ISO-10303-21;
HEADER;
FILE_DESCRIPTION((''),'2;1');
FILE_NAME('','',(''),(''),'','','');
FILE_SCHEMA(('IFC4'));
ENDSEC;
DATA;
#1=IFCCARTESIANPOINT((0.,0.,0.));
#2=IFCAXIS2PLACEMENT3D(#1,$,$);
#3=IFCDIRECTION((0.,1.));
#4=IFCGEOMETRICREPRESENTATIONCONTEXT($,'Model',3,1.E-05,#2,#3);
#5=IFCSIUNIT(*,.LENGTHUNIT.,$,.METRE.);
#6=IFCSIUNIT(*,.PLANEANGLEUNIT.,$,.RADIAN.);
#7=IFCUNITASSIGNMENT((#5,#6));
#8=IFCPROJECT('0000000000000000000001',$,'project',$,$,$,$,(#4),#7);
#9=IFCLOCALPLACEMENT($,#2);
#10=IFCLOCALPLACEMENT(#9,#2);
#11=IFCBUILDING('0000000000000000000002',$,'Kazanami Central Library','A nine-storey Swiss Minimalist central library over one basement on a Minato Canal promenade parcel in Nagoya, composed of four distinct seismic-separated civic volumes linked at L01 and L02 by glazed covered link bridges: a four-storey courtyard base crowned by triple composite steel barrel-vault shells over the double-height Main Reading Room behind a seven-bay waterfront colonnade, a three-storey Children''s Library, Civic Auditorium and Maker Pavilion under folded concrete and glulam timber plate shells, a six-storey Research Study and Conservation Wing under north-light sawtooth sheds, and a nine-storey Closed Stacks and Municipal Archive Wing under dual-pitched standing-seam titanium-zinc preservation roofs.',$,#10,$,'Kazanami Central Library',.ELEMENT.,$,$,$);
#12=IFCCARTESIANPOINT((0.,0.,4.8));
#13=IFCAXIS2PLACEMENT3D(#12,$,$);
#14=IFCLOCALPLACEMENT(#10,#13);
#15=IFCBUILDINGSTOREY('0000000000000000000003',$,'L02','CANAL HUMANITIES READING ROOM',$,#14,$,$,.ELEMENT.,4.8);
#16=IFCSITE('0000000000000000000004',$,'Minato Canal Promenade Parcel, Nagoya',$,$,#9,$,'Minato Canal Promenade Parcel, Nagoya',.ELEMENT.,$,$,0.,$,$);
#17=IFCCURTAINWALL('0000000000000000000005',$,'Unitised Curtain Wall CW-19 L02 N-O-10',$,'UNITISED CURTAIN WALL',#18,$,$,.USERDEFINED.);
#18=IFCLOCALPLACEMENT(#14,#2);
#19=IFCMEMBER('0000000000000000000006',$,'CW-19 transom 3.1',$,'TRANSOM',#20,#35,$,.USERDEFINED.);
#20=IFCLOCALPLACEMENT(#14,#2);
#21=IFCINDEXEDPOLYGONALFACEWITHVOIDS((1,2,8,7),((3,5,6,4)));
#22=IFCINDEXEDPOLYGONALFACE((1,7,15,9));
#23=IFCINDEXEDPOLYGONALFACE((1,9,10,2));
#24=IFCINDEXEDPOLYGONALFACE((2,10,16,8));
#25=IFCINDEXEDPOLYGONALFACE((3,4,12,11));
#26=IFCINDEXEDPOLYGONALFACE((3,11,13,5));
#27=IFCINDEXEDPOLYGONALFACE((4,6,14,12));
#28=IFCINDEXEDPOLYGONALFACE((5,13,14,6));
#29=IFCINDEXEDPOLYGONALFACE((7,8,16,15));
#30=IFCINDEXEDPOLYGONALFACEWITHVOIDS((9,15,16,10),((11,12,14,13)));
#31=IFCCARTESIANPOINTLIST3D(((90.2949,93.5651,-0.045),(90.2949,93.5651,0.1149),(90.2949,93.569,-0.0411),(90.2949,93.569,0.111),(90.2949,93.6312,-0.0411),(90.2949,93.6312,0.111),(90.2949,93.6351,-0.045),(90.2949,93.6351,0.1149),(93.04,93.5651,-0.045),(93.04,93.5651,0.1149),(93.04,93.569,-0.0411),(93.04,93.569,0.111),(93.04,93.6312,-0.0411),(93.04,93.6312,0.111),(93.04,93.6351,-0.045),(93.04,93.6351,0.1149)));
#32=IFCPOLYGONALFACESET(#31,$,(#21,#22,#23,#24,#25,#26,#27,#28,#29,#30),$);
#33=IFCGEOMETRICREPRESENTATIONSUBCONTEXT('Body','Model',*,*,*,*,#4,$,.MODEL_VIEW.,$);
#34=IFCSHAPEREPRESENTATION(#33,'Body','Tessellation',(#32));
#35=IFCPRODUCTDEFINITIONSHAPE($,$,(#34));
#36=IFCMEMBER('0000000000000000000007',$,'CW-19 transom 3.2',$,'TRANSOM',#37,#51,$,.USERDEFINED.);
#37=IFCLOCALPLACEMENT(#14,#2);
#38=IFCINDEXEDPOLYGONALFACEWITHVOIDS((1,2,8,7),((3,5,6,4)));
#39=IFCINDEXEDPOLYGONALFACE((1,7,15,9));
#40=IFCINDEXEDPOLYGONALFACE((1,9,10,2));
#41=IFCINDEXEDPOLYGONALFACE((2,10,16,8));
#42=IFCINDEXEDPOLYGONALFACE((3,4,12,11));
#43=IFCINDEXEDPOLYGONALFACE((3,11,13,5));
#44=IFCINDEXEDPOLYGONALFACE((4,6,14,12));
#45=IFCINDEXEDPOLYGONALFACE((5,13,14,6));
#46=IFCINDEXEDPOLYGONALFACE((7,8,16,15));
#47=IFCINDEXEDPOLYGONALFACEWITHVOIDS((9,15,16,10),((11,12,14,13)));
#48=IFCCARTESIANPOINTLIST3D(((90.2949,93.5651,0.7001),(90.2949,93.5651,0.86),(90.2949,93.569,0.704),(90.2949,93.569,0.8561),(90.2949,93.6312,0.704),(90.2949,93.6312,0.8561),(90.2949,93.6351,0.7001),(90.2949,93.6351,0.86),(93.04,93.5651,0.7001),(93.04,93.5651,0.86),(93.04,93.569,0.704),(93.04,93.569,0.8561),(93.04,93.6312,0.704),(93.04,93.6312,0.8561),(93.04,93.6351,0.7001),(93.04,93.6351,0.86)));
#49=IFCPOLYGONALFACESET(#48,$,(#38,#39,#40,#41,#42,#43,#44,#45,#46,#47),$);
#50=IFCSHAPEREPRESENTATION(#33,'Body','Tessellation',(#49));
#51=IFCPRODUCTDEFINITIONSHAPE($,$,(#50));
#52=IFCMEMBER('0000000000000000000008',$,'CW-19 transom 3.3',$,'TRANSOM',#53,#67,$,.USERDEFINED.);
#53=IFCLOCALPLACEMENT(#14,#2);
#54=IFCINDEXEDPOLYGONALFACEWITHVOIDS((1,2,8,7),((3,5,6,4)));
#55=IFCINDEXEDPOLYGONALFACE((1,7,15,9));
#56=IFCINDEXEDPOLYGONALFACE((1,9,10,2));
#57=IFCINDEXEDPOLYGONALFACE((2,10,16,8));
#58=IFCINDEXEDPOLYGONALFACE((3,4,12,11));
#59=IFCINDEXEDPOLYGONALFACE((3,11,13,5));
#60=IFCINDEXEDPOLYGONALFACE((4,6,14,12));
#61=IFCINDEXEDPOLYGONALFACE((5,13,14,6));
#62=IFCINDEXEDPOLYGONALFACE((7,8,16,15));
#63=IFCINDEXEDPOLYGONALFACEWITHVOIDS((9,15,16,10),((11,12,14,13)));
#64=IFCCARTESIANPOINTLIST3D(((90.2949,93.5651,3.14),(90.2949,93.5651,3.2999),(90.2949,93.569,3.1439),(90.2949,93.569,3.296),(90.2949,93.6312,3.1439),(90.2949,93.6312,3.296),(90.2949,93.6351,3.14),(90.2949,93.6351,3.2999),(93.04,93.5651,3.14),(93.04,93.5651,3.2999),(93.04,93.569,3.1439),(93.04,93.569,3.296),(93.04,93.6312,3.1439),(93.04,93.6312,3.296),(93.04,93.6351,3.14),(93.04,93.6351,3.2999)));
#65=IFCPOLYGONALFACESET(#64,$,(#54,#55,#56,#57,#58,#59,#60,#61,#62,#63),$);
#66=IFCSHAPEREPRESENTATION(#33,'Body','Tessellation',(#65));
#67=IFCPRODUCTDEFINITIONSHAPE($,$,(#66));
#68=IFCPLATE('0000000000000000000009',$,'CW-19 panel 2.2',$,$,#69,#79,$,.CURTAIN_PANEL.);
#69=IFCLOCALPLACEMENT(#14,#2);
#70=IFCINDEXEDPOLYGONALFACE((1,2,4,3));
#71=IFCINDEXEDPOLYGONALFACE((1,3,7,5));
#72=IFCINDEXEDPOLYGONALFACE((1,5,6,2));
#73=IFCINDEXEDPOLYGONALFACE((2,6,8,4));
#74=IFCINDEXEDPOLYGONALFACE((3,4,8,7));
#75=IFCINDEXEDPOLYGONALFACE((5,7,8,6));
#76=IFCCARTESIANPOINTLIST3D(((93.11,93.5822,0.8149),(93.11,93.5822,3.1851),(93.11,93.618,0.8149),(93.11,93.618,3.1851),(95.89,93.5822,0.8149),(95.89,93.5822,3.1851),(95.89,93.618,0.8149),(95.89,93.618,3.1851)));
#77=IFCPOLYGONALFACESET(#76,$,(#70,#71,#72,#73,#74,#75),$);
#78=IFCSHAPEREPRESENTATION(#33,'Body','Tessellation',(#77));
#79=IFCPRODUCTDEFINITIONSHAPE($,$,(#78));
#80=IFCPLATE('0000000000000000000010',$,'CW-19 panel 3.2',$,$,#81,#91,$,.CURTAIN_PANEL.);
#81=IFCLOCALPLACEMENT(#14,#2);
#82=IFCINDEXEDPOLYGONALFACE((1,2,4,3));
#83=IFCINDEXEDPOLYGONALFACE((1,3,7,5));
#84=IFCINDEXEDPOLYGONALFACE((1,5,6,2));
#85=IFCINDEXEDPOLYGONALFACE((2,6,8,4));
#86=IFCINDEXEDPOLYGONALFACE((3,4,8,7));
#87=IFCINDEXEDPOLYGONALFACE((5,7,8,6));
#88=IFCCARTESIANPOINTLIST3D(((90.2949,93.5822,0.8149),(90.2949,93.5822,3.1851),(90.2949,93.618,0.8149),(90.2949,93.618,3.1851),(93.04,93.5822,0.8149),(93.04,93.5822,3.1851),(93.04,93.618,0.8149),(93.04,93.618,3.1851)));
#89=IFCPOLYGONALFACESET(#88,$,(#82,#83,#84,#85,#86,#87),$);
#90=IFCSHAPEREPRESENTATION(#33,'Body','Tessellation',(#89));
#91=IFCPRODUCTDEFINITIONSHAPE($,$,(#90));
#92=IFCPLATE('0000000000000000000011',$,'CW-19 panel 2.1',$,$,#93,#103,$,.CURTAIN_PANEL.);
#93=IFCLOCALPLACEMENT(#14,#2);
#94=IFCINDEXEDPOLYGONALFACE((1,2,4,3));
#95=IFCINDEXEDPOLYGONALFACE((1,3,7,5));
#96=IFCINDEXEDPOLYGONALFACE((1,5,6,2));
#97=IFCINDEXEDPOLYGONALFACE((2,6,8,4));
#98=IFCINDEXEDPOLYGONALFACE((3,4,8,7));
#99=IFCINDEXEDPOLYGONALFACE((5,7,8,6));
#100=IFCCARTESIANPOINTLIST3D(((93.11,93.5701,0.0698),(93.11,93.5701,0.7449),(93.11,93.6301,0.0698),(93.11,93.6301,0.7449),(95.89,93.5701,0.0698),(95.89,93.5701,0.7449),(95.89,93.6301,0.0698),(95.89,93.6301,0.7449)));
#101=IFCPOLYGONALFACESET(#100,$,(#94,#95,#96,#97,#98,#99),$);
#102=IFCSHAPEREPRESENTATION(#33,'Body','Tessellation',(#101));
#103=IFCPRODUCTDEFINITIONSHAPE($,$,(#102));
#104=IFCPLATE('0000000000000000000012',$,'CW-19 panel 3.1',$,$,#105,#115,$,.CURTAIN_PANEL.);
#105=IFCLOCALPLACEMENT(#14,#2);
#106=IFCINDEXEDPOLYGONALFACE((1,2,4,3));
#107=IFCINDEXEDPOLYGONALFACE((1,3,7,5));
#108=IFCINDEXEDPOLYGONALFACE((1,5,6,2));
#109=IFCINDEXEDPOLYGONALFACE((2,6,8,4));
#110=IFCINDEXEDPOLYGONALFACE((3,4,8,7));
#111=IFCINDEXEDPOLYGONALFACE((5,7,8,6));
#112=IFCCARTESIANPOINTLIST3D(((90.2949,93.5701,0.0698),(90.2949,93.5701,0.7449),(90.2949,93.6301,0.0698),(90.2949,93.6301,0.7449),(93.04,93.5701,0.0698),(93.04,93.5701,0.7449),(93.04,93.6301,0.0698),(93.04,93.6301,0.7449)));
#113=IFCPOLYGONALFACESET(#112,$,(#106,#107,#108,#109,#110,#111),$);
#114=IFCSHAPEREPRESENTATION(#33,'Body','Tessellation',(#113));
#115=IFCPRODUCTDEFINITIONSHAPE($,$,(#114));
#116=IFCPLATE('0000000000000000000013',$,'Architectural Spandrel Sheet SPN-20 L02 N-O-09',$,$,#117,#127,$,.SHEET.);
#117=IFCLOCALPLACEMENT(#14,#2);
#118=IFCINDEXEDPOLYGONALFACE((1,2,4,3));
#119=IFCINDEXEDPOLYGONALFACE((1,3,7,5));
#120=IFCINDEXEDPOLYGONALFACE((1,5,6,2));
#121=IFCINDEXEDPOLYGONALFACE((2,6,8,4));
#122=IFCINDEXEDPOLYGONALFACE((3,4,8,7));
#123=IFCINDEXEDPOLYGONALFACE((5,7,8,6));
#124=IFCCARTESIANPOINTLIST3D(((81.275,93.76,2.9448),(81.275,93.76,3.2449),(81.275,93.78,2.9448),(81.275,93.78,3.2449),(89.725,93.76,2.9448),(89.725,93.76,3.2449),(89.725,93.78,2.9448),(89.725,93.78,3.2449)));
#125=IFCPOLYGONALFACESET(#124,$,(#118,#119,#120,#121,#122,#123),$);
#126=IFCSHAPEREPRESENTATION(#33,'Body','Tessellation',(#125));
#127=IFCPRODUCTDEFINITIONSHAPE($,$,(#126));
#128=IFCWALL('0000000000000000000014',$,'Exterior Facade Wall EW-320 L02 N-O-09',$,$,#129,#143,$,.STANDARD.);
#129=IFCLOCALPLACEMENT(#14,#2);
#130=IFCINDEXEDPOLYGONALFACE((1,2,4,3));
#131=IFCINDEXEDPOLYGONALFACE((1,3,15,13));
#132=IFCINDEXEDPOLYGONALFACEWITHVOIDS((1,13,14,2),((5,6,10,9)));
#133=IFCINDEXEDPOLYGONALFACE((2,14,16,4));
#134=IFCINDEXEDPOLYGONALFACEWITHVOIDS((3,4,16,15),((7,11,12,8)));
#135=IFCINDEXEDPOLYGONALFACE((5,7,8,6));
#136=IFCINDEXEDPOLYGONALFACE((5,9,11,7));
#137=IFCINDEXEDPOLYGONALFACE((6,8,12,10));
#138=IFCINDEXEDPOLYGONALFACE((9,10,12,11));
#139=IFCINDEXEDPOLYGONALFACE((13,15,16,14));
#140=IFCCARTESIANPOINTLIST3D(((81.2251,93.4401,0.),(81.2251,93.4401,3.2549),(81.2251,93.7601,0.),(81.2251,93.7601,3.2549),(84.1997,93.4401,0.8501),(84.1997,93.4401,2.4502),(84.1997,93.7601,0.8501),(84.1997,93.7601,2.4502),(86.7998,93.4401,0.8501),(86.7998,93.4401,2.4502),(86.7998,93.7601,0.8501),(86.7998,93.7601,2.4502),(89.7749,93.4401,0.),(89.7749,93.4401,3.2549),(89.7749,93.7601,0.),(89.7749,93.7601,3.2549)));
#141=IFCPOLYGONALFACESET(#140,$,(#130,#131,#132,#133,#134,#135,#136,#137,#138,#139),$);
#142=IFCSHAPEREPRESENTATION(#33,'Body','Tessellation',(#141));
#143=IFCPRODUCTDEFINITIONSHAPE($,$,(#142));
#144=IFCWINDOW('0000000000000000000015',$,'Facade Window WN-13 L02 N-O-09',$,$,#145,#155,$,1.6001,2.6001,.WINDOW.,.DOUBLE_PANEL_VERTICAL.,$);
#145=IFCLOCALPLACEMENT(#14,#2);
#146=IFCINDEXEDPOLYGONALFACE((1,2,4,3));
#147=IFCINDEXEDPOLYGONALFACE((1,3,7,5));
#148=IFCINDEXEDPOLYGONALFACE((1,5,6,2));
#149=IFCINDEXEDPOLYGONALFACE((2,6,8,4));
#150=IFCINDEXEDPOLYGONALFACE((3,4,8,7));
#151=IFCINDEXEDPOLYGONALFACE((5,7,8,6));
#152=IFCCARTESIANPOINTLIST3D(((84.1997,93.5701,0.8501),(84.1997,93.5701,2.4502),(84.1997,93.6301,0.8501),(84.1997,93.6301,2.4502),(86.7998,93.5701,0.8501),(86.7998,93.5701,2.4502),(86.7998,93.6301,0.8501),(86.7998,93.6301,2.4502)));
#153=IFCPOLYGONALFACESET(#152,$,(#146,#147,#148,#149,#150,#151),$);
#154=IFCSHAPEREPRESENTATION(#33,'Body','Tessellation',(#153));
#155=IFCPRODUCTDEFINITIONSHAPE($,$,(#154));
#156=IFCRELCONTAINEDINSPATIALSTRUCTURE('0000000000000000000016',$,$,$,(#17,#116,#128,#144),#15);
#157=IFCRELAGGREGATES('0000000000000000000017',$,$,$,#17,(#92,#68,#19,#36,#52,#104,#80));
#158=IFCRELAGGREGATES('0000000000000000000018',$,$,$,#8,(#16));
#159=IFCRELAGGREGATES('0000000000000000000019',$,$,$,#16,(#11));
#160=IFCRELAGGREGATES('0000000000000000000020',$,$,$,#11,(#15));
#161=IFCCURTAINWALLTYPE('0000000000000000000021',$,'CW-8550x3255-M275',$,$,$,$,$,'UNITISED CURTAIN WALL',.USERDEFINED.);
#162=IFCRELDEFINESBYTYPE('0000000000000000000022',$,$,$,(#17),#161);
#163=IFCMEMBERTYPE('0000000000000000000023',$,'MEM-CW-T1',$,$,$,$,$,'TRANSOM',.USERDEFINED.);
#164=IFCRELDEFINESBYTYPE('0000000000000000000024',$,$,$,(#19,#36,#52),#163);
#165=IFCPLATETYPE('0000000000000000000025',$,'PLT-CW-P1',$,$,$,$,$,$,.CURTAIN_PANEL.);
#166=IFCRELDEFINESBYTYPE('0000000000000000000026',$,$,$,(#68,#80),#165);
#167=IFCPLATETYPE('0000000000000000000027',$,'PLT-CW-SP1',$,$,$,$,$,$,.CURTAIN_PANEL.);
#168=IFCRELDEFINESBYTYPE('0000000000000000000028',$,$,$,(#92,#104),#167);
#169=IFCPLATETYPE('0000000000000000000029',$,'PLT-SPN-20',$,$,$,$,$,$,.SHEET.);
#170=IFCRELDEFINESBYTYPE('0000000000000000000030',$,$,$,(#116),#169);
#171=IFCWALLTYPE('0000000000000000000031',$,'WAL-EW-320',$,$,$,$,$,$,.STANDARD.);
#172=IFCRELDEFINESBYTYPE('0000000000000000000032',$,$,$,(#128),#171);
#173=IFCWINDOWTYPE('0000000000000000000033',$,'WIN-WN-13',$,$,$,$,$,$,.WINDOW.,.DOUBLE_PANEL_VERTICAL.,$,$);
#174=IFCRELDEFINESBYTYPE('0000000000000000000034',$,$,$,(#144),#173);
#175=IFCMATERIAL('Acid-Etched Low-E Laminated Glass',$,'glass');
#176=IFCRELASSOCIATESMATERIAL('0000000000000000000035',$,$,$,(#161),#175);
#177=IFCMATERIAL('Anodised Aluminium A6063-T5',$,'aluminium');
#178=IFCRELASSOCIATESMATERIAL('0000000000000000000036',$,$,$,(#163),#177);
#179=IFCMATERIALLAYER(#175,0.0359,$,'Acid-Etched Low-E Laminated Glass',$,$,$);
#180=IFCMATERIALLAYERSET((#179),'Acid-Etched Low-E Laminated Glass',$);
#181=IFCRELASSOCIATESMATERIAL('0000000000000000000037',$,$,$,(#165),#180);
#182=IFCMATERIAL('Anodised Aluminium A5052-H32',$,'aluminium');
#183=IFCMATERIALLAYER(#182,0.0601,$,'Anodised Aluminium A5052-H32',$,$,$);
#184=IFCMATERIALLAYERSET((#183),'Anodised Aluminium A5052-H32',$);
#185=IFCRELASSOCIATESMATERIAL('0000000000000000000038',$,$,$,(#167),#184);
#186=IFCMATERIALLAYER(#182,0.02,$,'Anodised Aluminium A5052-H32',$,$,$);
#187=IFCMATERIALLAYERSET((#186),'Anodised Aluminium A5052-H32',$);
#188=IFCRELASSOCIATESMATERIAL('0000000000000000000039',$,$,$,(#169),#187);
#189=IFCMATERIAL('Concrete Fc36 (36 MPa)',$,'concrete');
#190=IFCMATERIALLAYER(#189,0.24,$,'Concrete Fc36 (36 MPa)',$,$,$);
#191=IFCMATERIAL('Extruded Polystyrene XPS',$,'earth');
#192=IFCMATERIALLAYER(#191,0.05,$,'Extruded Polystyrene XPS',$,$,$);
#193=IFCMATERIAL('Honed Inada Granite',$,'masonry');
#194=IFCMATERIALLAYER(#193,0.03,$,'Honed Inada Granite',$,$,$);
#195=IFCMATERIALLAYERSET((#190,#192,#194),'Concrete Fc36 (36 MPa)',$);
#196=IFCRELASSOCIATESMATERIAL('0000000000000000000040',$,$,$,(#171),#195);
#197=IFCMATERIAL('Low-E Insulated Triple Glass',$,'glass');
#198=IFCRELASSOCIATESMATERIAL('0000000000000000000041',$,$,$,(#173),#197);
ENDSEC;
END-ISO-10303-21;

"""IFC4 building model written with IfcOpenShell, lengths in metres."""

from ifc_helpers import new_model, si_unit, direction, frame, frame_2d, origin, origin_2d, place, context, subcontext, project, spatial, rectangle, hollow_rectangle, extrude, material, layer, layer_set, material_profile, profile_set, type_object, element, fill, aggregate, save


model = new_model("IFC4")

# Units and contexts
model_context = context("Model", 3, precision=1e-05, world=origin(), true_north=direction((0.0, 1.0)))
body_context = subcontext(model_context, "Body", "Model", "MODEL_VIEW")
ifc_project = project(units=[si_unit("LENGTHUNIT", "METRE"), si_unit("PLANEANGLEUNIT", "RADIAN")], contexts=[model_context])

# Site, building, storey
site_placement = place(None, origin())
site = spatial("IfcSite", under=ifc_project, at=site_placement, Name="Minato Canal Promenade Parcel, Nagoya", LongName="Minato Canal Promenade Parcel, Nagoya", CompositionType="ELEMENT", RefElevation=0.0)
building_placement = place(site_placement, origin())
building = spatial("IfcBuilding", under=site, at=building_placement, Name="Kazanami Central Library", Description="A nine-storey Swiss Minimalist central library over one basement on a Minato Canal promenade parcel in Nagoya, composed of four distinct seismic-separated civic volumes linked at L01 and L02 by glazed covered link bridges: a four-storey courtyard base crowned by triple composite steel barrel-vault shells over the double-height Main Reading Room behind a seven-bay waterfront colonnade, a three-storey Children's Library, Civic Auditorium and Maker Pavilion under folded concrete and glulam timber plate shells, a six-storey Research Study and Conservation Wing under north-light sawtooth sheds, and a nine-storey Closed Stacks and Municipal Archive Wing under dual-pitched standing-seam titanium-zinc preservation roofs.", LongName="Kazanami Central Library", CompositionType="ELEMENT")
storey_placement = place(building_placement, frame((0.0, 0.0, 4.8)))
storey = spatial("IfcBuildingStorey", under=building, at=storey_placement, Name="L02", Description="CANAL HUMANITIES READING ROOM", CompositionType="ELEMENT", Elevation=4.8)

# Curtain wall, members, plates
ifc_material_1 = material(Name="Acid-Etched Low-E Laminated Glass", Category="glass")
curtain_wall_type = type_object("IfcCurtainWallType", Name="CW-8550x3255-M275", ElementType="UNITISED CURTAIN WALL", PredefinedType="USERDEFINED", material=ifc_material_1)
curtain_wall_placement = place(storey_placement, origin())
curtain_wall = element("IfcCurtainWall", 1, at=curtain_wall_placement, inside=storey, type_object=curtain_wall_type, Name="Unitised Curtain Wall CW-19 L02 N-O-10", ObjectType="UNITISED CURTAIN WALL", PredefinedType="USERDEFINED")
ifc_material_2 = material(Name="Anodised Aluminium A6063-T5", Category="aluminium")
ifc_material_profile_1 = material_profile(ifc_material_2, hollow_rectangle(XDim=0.0701, YDim=0.1599, WallThickness=0.0039, at=origin_2d()), Name="ALU-TRAN-70x160x4")
ifc_profile_set_1 = profile_set([ifc_material_profile_1], Name="Anodised Aluminium A6063-T5")
member_type_1 = type_object("IfcMemberType", Name="MEM-CW-T1", ElementType="TRANSOM", PredefinedType="USERDEFINED", material=ifc_profile_set_1)
member_1_placement = place(storey_placement, frame((93.04, 93.6001, 0.0349), z_axis=(-1.0, 0.0, 0.0), x_axis=(0.0, -1.0, 0.0)))
member_1 = element("IfcMember", 2, at=member_1_placement, type_object=member_type_1, Name="CW-19 transom 3.1", ObjectType="TRANSOM", PredefinedType="USERDEFINED", context=body_context, shape_type="SweptSolid", body=[
    extrude(hollow_rectangle(XDim=0.0701, YDim=0.1599, WallThickness=0.0039, at=origin_2d()), origin(), (0.0, 0.0, 1.0), 2.7451),
])
member_2_placement = place(storey_placement, frame((93.04, 93.6001, 0.78), z_axis=(-1.0, 0.0, 0.0), x_axis=(0.0, -1.0, 0.0)))
member_2 = element("IfcMember", 3, at=member_2_placement, type_object=member_type_1, Name="CW-19 transom 3.2", ObjectType="TRANSOM", PredefinedType="USERDEFINED", context=body_context, shape_type="SweptSolid", body=[
    extrude(hollow_rectangle(XDim=0.0701, YDim=0.1599, WallThickness=0.0039, at=origin_2d()), origin(), (0.0, 0.0, 1.0), 2.7451),
])
member_3_placement = place(storey_placement, frame((93.04, 93.6001, 3.22), z_axis=(-1.0, 0.0, 0.0), x_axis=(0.0, -1.0, 0.0)))
member_3 = element("IfcMember", 4, at=member_3_placement, type_object=member_type_1, Name="CW-19 transom 3.3", ObjectType="TRANSOM", PredefinedType="USERDEFINED", context=body_context, shape_type="SweptSolid", body=[
    extrude(hollow_rectangle(XDim=0.0701, YDim=0.1599, WallThickness=0.0039, at=origin_2d()), origin(), (0.0, 0.0, 1.0), 2.7451),
])
ifc_layer_1 = layer(ifc_material_1, 0.0359, Name="Acid-Etched Low-E Laminated Glass")
ifc_layer_set_1 = layer_set([ifc_layer_1], Name="Acid-Etched Low-E Laminated Glass")
plate_type_1 = type_object("IfcPlateType", Name="PLT-CW-P1", PredefinedType="CURTAIN_PANEL", material=ifc_layer_set_1)
plate_1_placement = place(storey_placement, frame((94.5, 93.6001, 0.8149), z_axis=(0.0, 0.0, 1.0), x_axis=(-1.0, 0.0, 0.0)))
plate_1 = element("IfcPlate", 5, at=plate_1_placement, type_object=plate_type_1, Name="CW-19 panel 2.2", PredefinedType="CURTAIN_PANEL", context=body_context, shape_type="SweptSolid", body=[
    extrude(rectangle(XDim=2.78, YDim=0.0359, at=origin_2d()), origin(), (0.0, 0.0, 1.0), 2.3701),
])
plate_2_placement = place(storey_placement, frame((91.6675, 93.6001, 0.8149), z_axis=(0.0, 0.0, 1.0), x_axis=(-1.0, 0.0, 0.0)))
plate_2 = element("IfcPlate", 6, at=plate_2_placement, type_object=plate_type_1, Name="CW-19 panel 3.2", PredefinedType="CURTAIN_PANEL", context=body_context, shape_type="SweptSolid", body=[
    extrude(rectangle(XDim=2.7451, YDim=0.0359, at=origin_2d()), origin(), (0.0, 0.0, 1.0), 2.3701),
])
ifc_material_3 = material(Name="Anodised Aluminium A5052-H32", Category="aluminium")
ifc_layer_2 = layer(ifc_material_3, 0.0601, Name="Anodised Aluminium A5052-H32")
ifc_layer_set_2 = layer_set([ifc_layer_2], Name="Anodised Aluminium A5052-H32")
plate_type_2 = type_object("IfcPlateType", Name="PLT-CW-SP1", PredefinedType="CURTAIN_PANEL", material=ifc_layer_set_2)
plate_3_placement = place(storey_placement, frame((94.5, 93.6001, 0.0698), z_axis=(0.0, 0.0, 1.0), x_axis=(-1.0, 0.0, 0.0)))
plate_3 = element("IfcPlate", 7, at=plate_3_placement, type_object=plate_type_2, Name="CW-19 panel 2.1", PredefinedType="CURTAIN_PANEL", context=body_context, shape_type="SweptSolid", body=[
    extrude(rectangle(XDim=2.78, YDim=0.0601, at=origin_2d()), origin(), (0.0, 0.0, 1.0), 0.675),
])
plate_4_placement = place(storey_placement, frame((91.6675, 93.6001, 0.0698), z_axis=(0.0, 0.0, 1.0), x_axis=(-1.0, 0.0, 0.0)))
plate_4 = element("IfcPlate", 8, at=plate_4_placement, type_object=plate_type_2, Name="CW-19 panel 3.1", PredefinedType="CURTAIN_PANEL", context=body_context, shape_type="SweptSolid", body=[
    extrude(rectangle(XDim=2.7451, YDim=0.0601, at=origin_2d()), origin(), (0.0, 0.0, 1.0), 0.675),
])
aggregate(curtain_wall, [plate_3, plate_1, member_1, member_2, member_3, plate_4, plate_2])

# Plate
ifc_layer_3 = layer(ifc_material_3, 0.02, Name="Anodised Aluminium A5052-H32")
ifc_layer_set_3 = layer_set([ifc_layer_3], Name="Anodised Aluminium A5052-H32")
plate_type_3 = type_object("IfcPlateType", Name="PLT-SPN-20", PredefinedType="SHEET", material=ifc_layer_set_3)
plate_5_placement = place(storey_placement, frame((85.5, 93.77, 2.9448), z_axis=(0.0, 0.0, 1.0), x_axis=(-1.0, 0.0, 0.0)))
element("IfcPlate", 9, at=plate_5_placement, inside=storey, type_object=plate_type_3, Name="Architectural Spandrel Sheet SPN-20 L02 N-O-09", PredefinedType="SHEET", context=body_context, shape_type="SweptSolid", body=[
    extrude(rectangle(XDim=8.45, YDim=0.02, at=origin_2d()), origin(), (0.0, 0.0, 1.0), 0.3),
])

# Wall, opening, window
ifc_material_4 = material(Name="Concrete Fc36 (36 MPa)", Category="concrete")
ifc_layer_4 = layer(ifc_material_4, 0.24, Name="Concrete Fc36 (36 MPa)")
ifc_material_5 = material(Name="Extruded Polystyrene XPS", Category="earth")
ifc_layer_5 = layer(ifc_material_5, 0.05, Name="Extruded Polystyrene XPS")
ifc_material_6 = material(Name="Honed Inada Granite", Category="masonry")
ifc_layer_6 = layer(ifc_material_6, 0.03, Name="Honed Inada Granite")
ifc_layer_set_4 = layer_set([ifc_layer_4, ifc_layer_5, ifc_layer_6], Name="Concrete Fc36 (36 MPa)")
wall_type = type_object("IfcWallType", Name="WAL-EW-320", PredefinedType="STANDARD", material=ifc_layer_set_4)
wall_placement = place(storey_placement, frame((89.7749, 93.6001, 0.0), z_axis=(0.0, 0.0, 1.0), x_axis=(-1.0, 0.0, 0.0)))
wall = element("IfcWall", 10, at=wall_placement, inside=storey, type_object=wall_type, Name="Exterior Facade Wall EW-320 L02 N-O-09", PredefinedType="STANDARD", context=body_context, shape_type="SweptSolid", body=[
    extrude(rectangle(XDim=8.5498, YDim=0.3201, at=frame_2d((4.2749, 0.0))), origin(), (0.0, 0.0, 1.0), 3.2549),
])
opening_placement = place(wall_placement, frame((2.9751, 0.0, 0.8501)))
opening = element("IfcOpeningElement", 11, at=opening_placement, cuts=wall, PredefinedType="OPENING", context=body_context, shape_type="SweptSolid", body=[
    extrude(rectangle(XDim=2.6001, YDim=1.6001, at=frame_2d((1.3, 0.8))), frame((0.0, 0.1719, 0.0), z_axis=(0.0, -1.0, 0.0), x_axis=(1.0, 0.0, 0.0)), (0.0, 0.0, 1.0), 0.344),
])
ifc_material_7 = material(Name="Low-E Insulated Triple Glass", Category="glass")
window_type = type_object("IfcWindowType", Name="WIN-WN-13", PartitioningType="DOUBLE_PANEL_VERTICAL", PredefinedType="WINDOW", material=ifc_material_7)
window_placement = place(opening_placement, origin())
window = element("IfcWindow", 12, at=window_placement, inside=storey, type_object=window_type, Name="Facade Window WN-13 L02 N-O-09", OverallHeight=1.6001, OverallWidth=2.6001, PartitioningType="DOUBLE_PANEL_VERTICAL", PredefinedType="WINDOW", context=body_context, shape_type="SweptSolid", body=[
    extrude(rectangle(XDim=2.6001, YDim=1.6001, at=frame_2d((1.3, 0.8))), frame((0.0, 0.03, 0.0), z_axis=(0.0, -1.0, 0.0), x_axis=(1.0, 0.0, 0.0)), (0.0, 0.0, 1.0), 0.0601),
])
fill(opening, window)

save(model, "model.ifc")
